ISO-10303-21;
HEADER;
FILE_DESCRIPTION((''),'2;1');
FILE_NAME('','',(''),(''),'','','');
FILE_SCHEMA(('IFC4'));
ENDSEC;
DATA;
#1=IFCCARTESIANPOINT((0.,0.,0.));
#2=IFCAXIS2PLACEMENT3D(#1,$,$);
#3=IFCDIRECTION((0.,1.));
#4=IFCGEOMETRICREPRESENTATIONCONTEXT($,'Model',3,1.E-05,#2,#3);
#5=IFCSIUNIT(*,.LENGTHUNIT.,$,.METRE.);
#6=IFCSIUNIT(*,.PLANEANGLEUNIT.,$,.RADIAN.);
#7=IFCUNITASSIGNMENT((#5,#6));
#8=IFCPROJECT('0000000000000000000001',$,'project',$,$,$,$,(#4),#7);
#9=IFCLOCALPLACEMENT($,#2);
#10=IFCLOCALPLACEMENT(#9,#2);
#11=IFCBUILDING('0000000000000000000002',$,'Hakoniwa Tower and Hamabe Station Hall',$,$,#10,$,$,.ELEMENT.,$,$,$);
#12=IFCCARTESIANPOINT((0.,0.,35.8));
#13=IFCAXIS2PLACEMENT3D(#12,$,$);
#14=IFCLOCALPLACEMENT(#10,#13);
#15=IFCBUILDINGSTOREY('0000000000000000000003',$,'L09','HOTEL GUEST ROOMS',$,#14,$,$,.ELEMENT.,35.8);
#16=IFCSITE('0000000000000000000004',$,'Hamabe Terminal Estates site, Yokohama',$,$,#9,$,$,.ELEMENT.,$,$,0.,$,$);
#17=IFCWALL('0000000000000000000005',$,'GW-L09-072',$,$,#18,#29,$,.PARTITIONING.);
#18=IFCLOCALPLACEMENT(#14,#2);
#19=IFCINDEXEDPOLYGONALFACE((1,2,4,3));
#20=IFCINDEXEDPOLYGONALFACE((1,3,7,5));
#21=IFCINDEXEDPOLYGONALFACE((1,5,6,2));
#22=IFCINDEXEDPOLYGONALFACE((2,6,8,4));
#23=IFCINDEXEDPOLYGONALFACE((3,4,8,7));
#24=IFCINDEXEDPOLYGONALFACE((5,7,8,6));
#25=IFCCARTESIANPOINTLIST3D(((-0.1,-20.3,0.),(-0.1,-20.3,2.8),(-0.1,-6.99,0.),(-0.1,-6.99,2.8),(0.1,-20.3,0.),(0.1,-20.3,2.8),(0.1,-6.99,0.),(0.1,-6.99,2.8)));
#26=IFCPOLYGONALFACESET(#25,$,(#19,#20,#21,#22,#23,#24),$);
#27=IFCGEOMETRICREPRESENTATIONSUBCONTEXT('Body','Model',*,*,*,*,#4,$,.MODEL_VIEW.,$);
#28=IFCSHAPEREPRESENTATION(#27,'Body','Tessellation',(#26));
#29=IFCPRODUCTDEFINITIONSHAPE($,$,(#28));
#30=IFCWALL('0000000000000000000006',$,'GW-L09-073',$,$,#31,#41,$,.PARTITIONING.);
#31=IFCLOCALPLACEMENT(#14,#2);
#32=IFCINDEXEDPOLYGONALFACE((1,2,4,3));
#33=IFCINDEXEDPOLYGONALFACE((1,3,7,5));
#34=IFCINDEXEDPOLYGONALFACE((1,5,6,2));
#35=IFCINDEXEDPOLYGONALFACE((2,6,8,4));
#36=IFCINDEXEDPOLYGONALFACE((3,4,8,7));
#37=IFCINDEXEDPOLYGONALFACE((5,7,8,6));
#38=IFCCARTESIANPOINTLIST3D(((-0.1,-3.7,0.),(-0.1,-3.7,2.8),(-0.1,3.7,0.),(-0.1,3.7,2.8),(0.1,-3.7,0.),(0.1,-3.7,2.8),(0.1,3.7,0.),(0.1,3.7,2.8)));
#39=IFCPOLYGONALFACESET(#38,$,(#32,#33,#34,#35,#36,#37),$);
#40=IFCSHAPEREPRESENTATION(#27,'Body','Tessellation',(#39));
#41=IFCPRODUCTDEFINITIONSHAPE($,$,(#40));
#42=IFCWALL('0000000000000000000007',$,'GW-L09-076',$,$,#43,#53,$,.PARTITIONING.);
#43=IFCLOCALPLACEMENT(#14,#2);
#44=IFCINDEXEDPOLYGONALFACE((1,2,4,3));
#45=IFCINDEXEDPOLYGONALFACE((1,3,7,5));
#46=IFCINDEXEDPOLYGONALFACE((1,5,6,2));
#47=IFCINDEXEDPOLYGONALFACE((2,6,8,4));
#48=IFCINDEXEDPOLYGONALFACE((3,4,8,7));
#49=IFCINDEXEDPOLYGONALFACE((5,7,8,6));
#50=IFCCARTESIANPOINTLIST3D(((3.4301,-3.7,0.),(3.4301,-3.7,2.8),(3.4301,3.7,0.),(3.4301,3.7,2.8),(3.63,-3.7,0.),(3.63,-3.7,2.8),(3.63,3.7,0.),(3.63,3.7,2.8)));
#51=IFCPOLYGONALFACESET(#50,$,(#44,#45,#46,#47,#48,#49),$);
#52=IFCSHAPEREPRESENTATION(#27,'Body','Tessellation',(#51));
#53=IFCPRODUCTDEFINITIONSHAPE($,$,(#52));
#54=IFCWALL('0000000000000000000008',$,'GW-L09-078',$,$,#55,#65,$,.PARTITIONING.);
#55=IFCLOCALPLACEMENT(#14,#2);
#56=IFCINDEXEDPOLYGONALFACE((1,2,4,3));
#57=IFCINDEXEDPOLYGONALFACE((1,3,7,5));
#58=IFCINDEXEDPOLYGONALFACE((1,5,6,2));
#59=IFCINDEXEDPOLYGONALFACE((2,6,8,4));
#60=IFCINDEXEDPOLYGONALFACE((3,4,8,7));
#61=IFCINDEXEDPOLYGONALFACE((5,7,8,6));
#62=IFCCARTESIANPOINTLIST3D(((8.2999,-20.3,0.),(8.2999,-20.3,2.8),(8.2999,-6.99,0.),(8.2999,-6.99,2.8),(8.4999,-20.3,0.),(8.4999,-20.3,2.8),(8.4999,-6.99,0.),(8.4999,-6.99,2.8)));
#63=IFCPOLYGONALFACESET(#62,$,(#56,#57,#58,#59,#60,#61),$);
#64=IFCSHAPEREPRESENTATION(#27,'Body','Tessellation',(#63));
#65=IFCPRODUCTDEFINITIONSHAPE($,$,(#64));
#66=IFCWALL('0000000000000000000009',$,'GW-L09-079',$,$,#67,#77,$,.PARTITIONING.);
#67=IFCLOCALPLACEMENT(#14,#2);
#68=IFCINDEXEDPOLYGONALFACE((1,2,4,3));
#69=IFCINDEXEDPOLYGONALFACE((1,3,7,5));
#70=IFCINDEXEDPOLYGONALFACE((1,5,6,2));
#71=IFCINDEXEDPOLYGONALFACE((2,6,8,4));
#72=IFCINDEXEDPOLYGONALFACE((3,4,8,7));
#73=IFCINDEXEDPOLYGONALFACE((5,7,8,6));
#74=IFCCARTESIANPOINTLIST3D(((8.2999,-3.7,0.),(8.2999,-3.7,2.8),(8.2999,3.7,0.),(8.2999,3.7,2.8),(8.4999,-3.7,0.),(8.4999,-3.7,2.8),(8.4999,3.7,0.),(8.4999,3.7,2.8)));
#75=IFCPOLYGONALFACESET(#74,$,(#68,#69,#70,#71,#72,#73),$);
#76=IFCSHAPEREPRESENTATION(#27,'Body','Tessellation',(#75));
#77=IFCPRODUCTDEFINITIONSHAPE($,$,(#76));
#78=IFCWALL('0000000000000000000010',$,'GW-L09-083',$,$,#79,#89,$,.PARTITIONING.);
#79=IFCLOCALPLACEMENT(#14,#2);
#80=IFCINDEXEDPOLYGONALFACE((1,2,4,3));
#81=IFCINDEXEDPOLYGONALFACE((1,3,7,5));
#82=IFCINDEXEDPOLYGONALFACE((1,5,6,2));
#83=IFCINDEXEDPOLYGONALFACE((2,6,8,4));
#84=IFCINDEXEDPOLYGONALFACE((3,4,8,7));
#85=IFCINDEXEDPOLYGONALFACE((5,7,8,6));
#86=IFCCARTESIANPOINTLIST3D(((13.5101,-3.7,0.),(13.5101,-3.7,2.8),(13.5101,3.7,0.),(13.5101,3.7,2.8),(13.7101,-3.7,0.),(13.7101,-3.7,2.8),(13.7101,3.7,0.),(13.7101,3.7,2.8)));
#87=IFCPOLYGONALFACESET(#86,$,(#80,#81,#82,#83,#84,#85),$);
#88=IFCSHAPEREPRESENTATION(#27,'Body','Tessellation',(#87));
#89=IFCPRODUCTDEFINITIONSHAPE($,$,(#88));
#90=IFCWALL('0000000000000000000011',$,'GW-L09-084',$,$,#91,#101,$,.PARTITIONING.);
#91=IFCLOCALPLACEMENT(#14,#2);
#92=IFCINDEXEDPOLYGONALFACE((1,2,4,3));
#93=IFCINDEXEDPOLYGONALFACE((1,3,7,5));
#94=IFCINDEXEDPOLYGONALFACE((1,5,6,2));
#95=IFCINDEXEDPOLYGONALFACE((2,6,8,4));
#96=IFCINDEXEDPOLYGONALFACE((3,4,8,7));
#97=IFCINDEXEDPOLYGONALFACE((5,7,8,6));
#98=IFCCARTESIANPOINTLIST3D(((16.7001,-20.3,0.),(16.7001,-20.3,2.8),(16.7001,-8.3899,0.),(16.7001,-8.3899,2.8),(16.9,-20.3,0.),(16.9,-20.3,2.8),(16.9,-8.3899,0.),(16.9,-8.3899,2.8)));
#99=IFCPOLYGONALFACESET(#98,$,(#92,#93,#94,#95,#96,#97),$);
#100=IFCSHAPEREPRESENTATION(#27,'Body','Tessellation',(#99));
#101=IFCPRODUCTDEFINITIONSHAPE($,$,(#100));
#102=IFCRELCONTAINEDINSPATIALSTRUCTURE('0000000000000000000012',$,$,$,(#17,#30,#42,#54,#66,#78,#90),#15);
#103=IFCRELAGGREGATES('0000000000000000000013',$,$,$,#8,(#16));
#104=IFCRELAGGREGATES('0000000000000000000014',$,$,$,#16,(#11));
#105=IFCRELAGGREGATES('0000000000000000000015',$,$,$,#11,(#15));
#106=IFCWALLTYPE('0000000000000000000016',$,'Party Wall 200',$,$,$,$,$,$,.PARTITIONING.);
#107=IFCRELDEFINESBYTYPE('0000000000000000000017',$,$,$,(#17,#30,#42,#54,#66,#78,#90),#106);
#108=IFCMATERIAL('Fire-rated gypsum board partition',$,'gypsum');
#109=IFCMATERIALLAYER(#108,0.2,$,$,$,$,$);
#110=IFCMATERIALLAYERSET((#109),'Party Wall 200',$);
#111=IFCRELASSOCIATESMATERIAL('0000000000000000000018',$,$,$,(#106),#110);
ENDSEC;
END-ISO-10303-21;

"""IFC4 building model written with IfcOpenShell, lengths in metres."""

from ifc_helpers import new_model, si_unit, direction, frame, frame_2d, origin, place, context, subcontext, project, spatial, rectangle, extrude, material, layer, layer_set, type_object, element, save


model = new_model("IFC4")

# Units and contexts
model_context = context("Model", 3, precision=1e-05, world=origin(), true_north=direction((0.0, 1.0)))
body_context = subcontext(model_context, "Body", "Model", "MODEL_VIEW")
ifc_project = project(units=[si_unit("LENGTHUNIT", "METRE"), si_unit("PLANEANGLEUNIT", "RADIAN")], contexts=[model_context])

# Site, building, storey
site_placement = place(None, origin())
site = spatial("IfcSite", under=ifc_project, at=site_placement, Name="Hamabe Terminal Estates site, Yokohama", CompositionType="ELEMENT", RefElevation=0.0)
building_placement = place(site_placement, origin())
building = spatial("IfcBuilding", under=site, at=building_placement, Name="Hakoniwa Tower and Hamabe Station Hall", CompositionType="ELEMENT")
storey_placement = place(building_placement, frame((0.0, 0.0, 35.8)))
storey = spatial("IfcBuildingStorey", under=building, at=storey_placement, Name="L09", Description="HOTEL GUEST ROOMS", CompositionType="ELEMENT", Elevation=35.8)

# Walls
ifc_material_1 = material(Name="Fire-rated gypsum board partition", Category="gypsum")
ifc_layer_1 = layer(ifc_material_1, 0.2)
ifc_layer_set_1 = layer_set([ifc_layer_1], Name="Party Wall 200")
wall_type_1 = type_object("IfcWallType", Name="Party Wall 200", PredefinedType="PARTITIONING", material=ifc_layer_set_1)
wall_1_placement = place(storey_placement, frame((0.0, -20.3, 0.0), z_axis=(0.0, 0.0, 1.0), x_axis=(0.0, 1.0, 0.0)))
element("IfcWall", 1, at=wall_1_placement, inside=storey, type_object=wall_type_1, Name="GW-L09-072", PredefinedType="PARTITIONING", context=body_context, shape_type="SweptSolid", body=[
    extrude(rectangle(XDim=13.3101, YDim=0.2, at=frame_2d((6.655, 0.0))), origin(), (0.0, 0.0, 1.0), 2.8),
])
for number, where, z_axis, x_axis, name in (
    (2, (0.0, -3.7, 0.0), (0.0, 0.0, 1.0), (0.0, 1.0, 0.0), "GW-L09-073"),
    (3, (3.53, -3.7, 0.0), (0.0, 0.0, 1.0), (0.0, 1.0, 0.0), "GW-L09-076"),
):
    element("IfcWall", number, at=place(storey_placement, frame(where, z_axis=z_axis, x_axis=x_axis)), inside=storey, type_object=wall_type_1, Name=name, PredefinedType="PARTITIONING", context=body_context, shape_type="SweptSolid", body=[
        extrude(rectangle(XDim=7.3999, YDim=0.2, at=frame_2d((3.7, 0.0))), origin(), (0.0, 0.0, 1.0), 2.8),
    ])
wall_2_placement = place(storey_placement, frame((8.3999, -20.3, 0.0), z_axis=(0.0, 0.0, 1.0), x_axis=(0.0, 1.0, 0.0)))
element("IfcWall", 4, at=wall_2_placement, inside=storey, type_object=wall_type_1, Name="GW-L09-078", PredefinedType="PARTITIONING", context=body_context, shape_type="SweptSolid", body=[
    extrude(rectangle(XDim=13.3101, YDim=0.2, at=frame_2d((6.655, 0.0))), origin(), (0.0, 0.0, 1.0), 2.8),
])
for number, where, z_axis, x_axis, name in (
    (5, (8.3999, -3.7, 0.0), (0.0, 0.0, 1.0), (0.0, 1.0, 0.0), "GW-L09-079"),
    (6, (13.6101, -3.7, 0.0), (0.0, 0.0, 1.0), (0.0, 1.0, 0.0), "GW-L09-083"),
):
    element("IfcWall", number, at=place(storey_placement, frame(where, z_axis=z_axis, x_axis=x_axis)), inside=storey, type_object=wall_type_1, Name=name, PredefinedType="PARTITIONING", context=body_context, shape_type="SweptSolid", body=[
        extrude(rectangle(XDim=7.3999, YDim=0.2, at=frame_2d((3.7, 0.0))), origin(), (0.0, 0.0, 1.0), 2.8),
    ])
wall_3_placement = place(storey_placement, frame((16.8, -20.3, 0.0), z_axis=(0.0, 0.0, 1.0), x_axis=(0.0, 1.0, 0.0)))
element("IfcWall", 7, at=wall_3_placement, inside=storey, type_object=wall_type_1, Name="GW-L09-084", PredefinedType="PARTITIONING", context=body_context, shape_type="SweptSolid", body=[
    extrude(rectangle(XDim=11.9102, YDim=0.2, at=frame_2d((5.9551, 0.0))), origin(), (0.0, 0.0, 1.0), 2.8),
])

save(model, "model.ifc")
